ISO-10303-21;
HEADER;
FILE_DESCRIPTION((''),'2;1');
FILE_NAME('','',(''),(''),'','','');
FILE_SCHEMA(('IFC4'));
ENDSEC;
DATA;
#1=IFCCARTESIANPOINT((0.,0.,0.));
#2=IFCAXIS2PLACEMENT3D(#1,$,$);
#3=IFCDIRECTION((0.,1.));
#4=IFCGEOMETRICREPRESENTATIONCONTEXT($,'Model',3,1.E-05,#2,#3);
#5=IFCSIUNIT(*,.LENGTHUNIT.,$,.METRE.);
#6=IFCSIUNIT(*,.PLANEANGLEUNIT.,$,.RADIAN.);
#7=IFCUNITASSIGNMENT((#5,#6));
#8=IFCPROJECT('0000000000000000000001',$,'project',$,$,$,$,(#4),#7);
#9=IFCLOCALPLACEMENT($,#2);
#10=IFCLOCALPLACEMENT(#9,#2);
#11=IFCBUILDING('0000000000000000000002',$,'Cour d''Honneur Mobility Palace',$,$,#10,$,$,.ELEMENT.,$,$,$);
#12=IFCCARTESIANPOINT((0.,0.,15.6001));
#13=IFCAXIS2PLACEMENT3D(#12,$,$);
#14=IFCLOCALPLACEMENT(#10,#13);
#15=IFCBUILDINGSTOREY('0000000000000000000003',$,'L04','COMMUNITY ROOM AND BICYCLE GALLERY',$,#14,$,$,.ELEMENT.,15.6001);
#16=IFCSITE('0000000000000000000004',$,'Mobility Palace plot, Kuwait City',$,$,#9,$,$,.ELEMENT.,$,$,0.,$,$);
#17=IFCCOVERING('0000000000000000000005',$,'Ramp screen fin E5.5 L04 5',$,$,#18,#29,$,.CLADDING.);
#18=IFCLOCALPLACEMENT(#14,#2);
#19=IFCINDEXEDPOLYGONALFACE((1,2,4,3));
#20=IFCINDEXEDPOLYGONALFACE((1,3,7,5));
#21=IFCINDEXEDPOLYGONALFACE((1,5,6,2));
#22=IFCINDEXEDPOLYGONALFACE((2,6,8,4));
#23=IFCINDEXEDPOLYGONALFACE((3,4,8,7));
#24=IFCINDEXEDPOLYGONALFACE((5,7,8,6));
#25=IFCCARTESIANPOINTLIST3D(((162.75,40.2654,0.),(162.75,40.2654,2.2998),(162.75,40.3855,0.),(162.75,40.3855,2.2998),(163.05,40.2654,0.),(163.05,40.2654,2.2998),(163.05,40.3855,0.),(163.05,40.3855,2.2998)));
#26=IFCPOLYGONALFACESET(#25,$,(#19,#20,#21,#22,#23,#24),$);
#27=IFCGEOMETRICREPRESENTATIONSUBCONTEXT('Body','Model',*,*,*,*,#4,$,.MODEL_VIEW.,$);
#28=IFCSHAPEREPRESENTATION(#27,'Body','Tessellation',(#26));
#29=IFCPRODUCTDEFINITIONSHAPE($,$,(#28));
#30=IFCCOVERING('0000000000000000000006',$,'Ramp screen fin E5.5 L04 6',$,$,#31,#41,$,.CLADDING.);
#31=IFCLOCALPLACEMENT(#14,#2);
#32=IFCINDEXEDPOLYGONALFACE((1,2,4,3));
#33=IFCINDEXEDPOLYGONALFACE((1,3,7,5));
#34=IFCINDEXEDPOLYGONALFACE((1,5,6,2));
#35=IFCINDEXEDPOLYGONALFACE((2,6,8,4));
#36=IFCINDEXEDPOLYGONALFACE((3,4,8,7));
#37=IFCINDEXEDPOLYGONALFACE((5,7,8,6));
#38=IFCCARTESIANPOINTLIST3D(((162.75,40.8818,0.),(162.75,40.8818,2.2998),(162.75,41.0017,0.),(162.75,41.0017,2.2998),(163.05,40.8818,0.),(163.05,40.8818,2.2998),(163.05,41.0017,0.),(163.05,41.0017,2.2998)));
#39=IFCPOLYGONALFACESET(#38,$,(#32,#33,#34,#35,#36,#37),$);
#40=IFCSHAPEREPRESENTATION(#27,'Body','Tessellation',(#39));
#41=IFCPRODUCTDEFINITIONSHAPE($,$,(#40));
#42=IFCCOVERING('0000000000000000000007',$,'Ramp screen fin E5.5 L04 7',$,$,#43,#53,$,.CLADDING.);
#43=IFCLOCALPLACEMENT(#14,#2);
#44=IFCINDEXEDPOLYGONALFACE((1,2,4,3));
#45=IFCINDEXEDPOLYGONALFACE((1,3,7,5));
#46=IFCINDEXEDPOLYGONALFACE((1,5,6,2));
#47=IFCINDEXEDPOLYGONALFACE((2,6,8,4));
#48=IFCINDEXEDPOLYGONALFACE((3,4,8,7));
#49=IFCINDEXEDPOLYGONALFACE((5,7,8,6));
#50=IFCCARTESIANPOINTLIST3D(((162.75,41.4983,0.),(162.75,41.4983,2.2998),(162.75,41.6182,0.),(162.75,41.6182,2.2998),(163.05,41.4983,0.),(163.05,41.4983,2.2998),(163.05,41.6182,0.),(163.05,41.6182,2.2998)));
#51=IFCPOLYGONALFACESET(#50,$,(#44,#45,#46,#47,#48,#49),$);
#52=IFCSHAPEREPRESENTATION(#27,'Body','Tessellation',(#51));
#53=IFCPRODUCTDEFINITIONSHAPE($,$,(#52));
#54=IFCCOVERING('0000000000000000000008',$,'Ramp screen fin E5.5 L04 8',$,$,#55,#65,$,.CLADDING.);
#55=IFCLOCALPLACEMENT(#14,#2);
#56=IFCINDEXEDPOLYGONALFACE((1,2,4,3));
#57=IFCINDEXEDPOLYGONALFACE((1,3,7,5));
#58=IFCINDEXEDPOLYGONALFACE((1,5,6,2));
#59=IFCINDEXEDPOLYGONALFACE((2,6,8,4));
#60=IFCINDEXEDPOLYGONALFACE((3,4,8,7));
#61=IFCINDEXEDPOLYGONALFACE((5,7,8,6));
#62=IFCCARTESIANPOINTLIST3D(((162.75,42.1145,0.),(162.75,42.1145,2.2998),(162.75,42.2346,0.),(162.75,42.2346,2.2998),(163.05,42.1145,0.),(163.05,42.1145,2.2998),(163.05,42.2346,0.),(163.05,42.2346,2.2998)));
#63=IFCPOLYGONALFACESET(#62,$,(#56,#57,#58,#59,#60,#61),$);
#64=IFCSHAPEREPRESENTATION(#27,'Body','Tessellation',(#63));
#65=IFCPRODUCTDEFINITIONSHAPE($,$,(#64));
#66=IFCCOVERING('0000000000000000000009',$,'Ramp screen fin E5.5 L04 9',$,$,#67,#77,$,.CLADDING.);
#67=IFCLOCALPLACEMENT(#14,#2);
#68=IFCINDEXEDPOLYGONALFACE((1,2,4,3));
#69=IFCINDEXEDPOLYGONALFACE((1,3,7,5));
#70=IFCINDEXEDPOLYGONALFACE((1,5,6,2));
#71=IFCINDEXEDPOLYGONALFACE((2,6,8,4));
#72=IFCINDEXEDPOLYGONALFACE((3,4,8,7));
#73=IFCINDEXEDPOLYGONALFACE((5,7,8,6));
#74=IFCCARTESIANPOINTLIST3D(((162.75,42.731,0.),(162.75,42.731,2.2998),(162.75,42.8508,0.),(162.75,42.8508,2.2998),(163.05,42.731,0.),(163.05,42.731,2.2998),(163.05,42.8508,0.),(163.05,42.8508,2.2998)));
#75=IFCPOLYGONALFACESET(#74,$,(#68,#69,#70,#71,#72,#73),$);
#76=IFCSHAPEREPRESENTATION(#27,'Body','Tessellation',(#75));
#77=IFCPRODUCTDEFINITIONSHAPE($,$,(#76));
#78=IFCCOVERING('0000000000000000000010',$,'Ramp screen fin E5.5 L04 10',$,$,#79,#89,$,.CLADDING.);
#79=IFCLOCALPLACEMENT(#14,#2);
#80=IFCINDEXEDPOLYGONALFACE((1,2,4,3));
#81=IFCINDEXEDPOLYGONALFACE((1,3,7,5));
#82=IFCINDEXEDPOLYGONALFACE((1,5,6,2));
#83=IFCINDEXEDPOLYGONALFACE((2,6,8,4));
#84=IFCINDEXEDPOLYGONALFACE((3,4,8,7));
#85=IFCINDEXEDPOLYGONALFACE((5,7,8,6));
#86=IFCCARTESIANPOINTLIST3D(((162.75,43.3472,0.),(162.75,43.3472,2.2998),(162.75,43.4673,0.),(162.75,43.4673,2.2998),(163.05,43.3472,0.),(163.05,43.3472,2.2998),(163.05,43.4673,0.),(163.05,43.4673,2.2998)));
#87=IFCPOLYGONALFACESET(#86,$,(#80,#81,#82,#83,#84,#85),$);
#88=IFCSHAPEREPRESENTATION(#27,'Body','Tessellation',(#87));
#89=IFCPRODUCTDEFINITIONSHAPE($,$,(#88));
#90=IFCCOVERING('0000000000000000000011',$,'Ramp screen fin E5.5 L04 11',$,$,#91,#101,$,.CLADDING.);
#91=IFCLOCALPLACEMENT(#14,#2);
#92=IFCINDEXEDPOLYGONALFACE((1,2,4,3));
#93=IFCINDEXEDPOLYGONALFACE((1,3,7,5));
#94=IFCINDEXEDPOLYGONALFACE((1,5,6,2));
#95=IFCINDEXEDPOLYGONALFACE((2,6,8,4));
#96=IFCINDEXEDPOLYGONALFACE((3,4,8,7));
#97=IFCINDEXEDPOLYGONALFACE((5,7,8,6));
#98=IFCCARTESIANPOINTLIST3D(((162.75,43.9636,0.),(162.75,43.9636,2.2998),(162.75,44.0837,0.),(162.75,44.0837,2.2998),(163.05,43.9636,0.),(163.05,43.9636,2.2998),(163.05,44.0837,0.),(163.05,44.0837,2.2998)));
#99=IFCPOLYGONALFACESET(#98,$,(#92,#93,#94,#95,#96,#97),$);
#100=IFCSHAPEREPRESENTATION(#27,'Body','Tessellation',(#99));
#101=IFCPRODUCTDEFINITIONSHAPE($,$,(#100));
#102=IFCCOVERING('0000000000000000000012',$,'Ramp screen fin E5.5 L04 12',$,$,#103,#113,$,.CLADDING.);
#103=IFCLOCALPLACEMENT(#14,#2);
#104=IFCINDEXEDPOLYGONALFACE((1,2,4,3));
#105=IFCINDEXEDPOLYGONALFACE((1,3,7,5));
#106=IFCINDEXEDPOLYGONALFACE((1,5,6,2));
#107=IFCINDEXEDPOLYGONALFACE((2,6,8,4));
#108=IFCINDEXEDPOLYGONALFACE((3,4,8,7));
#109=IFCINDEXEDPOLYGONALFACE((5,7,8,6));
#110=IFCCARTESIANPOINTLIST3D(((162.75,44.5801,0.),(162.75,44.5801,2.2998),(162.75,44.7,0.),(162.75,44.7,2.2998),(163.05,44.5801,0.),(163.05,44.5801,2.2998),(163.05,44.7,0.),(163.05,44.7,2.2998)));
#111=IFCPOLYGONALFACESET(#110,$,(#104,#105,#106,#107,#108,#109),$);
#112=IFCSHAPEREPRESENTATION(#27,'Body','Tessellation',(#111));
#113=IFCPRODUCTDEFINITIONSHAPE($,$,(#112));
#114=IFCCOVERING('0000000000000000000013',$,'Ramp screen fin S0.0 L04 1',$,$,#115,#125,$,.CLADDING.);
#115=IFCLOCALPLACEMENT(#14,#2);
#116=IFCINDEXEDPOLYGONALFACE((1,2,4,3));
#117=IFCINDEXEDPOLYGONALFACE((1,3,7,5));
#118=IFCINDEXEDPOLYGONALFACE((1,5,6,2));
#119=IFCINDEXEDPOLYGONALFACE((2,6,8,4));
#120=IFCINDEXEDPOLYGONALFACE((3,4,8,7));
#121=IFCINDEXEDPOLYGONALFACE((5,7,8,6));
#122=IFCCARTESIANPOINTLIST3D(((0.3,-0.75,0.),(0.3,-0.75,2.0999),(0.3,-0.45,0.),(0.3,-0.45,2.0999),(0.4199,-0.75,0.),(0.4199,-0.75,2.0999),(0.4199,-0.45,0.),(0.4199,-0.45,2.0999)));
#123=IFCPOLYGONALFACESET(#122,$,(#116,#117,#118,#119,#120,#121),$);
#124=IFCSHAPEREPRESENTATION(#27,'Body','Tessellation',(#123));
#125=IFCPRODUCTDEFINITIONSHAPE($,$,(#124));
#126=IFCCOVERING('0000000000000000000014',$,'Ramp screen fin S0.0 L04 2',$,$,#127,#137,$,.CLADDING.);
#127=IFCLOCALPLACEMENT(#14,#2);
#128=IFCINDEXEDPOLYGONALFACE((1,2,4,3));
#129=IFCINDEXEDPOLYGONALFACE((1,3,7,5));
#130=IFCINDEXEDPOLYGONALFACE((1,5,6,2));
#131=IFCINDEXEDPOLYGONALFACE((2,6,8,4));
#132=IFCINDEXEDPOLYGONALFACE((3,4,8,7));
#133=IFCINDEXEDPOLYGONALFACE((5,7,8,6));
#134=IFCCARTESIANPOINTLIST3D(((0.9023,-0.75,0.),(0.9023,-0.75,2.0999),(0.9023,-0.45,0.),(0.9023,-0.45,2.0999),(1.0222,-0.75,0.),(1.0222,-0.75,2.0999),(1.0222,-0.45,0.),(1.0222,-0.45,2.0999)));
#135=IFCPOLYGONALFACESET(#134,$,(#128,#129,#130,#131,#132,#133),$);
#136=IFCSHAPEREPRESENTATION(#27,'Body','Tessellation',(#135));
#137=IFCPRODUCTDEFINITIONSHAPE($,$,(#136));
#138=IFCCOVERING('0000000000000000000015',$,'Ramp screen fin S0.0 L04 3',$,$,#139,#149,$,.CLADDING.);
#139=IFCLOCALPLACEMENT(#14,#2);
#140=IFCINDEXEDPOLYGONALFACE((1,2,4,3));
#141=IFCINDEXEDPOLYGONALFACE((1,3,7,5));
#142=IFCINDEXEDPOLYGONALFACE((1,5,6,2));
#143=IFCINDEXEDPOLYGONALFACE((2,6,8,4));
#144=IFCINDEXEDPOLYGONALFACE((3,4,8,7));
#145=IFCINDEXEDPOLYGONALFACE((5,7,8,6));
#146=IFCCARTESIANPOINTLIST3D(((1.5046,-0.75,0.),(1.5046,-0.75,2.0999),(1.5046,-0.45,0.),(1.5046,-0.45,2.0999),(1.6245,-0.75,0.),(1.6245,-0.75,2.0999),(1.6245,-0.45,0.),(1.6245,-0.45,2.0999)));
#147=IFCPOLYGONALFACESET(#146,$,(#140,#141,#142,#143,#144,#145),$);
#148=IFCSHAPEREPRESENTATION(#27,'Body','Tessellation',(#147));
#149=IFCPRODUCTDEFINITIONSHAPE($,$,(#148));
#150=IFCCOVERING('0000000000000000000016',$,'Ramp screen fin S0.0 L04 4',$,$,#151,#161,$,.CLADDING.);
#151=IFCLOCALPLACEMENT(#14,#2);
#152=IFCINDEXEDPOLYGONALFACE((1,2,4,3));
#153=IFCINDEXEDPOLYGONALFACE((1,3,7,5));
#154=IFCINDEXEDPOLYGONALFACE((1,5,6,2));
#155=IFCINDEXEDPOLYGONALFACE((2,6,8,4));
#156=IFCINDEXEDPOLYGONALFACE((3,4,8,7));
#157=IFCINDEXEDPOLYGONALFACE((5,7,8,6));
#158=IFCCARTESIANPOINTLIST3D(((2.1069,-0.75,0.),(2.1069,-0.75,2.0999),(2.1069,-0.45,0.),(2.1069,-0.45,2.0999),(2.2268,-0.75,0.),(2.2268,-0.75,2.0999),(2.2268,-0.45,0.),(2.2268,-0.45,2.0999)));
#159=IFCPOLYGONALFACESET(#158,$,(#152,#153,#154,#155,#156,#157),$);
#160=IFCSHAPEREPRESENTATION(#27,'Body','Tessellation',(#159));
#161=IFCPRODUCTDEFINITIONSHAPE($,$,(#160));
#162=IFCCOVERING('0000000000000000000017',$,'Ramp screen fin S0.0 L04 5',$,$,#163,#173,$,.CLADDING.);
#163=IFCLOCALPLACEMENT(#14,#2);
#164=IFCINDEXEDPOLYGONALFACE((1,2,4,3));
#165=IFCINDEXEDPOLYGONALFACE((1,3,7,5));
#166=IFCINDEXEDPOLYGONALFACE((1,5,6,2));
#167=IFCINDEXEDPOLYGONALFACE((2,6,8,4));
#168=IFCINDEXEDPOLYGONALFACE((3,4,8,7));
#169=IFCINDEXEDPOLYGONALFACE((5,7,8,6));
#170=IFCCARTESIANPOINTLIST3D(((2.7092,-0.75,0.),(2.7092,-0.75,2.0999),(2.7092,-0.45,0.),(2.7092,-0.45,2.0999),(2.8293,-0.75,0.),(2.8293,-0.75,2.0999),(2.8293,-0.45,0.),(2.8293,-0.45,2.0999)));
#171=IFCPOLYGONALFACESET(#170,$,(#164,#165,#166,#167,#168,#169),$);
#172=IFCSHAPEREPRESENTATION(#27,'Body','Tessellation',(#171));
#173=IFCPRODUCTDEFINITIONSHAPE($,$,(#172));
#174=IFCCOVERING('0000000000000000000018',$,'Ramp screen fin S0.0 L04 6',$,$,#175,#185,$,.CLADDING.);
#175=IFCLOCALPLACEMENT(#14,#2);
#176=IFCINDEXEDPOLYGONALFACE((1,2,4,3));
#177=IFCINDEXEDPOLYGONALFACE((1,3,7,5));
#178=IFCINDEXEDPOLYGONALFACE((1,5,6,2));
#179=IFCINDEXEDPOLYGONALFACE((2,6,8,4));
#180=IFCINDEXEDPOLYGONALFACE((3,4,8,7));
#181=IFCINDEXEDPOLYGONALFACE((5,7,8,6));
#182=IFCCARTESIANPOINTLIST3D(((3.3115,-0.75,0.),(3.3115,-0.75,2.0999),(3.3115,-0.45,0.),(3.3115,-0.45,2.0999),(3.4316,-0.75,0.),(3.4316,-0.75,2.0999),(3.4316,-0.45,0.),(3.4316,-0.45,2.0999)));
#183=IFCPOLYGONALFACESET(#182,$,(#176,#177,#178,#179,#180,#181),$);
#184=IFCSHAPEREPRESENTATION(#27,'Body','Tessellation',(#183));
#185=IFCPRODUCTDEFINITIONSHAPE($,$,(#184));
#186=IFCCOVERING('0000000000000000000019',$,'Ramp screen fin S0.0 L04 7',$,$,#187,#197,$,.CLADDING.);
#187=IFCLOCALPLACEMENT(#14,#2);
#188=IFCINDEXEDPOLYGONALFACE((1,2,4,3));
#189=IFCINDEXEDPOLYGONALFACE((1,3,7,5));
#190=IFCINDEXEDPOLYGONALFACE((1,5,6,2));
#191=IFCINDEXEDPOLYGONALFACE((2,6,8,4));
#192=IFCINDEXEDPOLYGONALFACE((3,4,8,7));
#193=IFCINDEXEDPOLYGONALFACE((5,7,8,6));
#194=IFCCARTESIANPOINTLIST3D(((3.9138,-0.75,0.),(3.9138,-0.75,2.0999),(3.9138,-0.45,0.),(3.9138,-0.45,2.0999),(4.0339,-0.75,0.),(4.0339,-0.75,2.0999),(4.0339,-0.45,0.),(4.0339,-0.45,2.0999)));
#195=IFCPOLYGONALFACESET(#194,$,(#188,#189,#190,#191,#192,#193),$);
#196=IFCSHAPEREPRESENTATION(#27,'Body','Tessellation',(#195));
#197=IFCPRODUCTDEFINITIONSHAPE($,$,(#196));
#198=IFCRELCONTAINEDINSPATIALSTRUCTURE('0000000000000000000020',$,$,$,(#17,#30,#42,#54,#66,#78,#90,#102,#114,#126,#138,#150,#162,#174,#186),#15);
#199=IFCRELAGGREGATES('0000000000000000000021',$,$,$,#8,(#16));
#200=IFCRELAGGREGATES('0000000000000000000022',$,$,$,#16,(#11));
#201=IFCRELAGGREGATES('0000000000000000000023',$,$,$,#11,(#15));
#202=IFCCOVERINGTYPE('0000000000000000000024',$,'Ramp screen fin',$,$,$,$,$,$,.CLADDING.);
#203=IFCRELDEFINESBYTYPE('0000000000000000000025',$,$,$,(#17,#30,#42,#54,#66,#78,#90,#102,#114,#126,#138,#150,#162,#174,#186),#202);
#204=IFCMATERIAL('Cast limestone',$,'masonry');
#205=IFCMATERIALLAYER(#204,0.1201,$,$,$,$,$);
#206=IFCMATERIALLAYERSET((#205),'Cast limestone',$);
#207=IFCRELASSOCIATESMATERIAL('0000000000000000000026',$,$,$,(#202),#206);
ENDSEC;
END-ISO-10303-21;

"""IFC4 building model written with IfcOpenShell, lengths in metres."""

from ifc_helpers import new_model, si_unit, direction, frame, origin, place, context, subcontext, project, spatial, polyline, outline, extrude, material, layer, layer_set, type_object, element, save


model = new_model("IFC4")

# Units and contexts
model_context = context("Model", 3, precision=1e-05, world=origin(), true_north=direction((0.0, 1.0)))
body_context = subcontext(model_context, "Body", "Model", "MODEL_VIEW")
ifc_project = project(units=[si_unit("LENGTHUNIT", "METRE"), si_unit("PLANEANGLEUNIT", "RADIAN")], contexts=[model_context])

# Site, building, storey
site_placement = place(None, origin())
site = spatial("IfcSite", under=ifc_project, at=site_placement, Name="Mobility Palace plot, Kuwait City", CompositionType="ELEMENT", RefElevation=0.0)
building_placement = place(site_placement, origin())
building = spatial("IfcBuilding", under=site, at=building_placement, Name="Cour d'Honneur Mobility Palace", CompositionType="ELEMENT")
storey_placement = place(building_placement, frame((0.0, 0.0, 15.6001)))
storey = spatial("IfcBuildingStorey", under=building, at=storey_placement, Name="L04", Description="COMMUNITY ROOM AND BICYCLE GALLERY", CompositionType="ELEMENT", Elevation=15.6001)

# Coverings
ifc_material = material(Name="Cast limestone", Category="masonry")
ifc_layer = layer(ifc_material, 0.1201)
ifc_layer_set = layer_set([ifc_layer], Name="Cast limestone")
covering_type = type_object("IfcCoveringType", Name="Ramp screen fin", PredefinedType="CLADDING", material=ifc_layer_set)
covering_1_placement = place(storey_placement, origin())
element("IfcCovering", 1, at=covering_1_placement, inside=storey, type_object=covering_type, Name="Ramp screen fin E5.5 L04 5", PredefinedType="CLADDING", context=body_context, shape_type="SweptSolid", body=[
    extrude(outline(polyline([(162.75, 40.2654), (162.75, 40.3855), (163.05, 40.3855), (163.05, 40.2654), (162.75, 40.2654)])), origin(), (0.0, 0.0, 1.0), 2.2998),
])
covering_2_placement = place(storey_placement, origin())
element("IfcCovering", 2, at=covering_2_placement, inside=storey, type_object=covering_type, Name="Ramp screen fin E5.5 L04 6", PredefinedType="CLADDING", context=body_context, shape_type="SweptSolid", body=[
    extrude(outline(polyline([(162.75, 40.8818), (162.75, 41.0017), (163.05, 41.0017), (163.05, 40.8818), (162.75, 40.8818)])), origin(), (0.0, 0.0, 1.0), 2.2998),
])
covering_3_placement = place(storey_placement, origin())
element("IfcCovering", 3, at=covering_3_placement, inside=storey, type_object=covering_type, Name="Ramp screen fin E5.5 L04 7", PredefinedType="CLADDING", context=body_context, shape_type="SweptSolid", body=[
    extrude(outline(polyline([(162.75, 41.4983), (162.75, 41.6182), (163.05, 41.6182), (163.05, 41.4983), (162.75, 41.4983)])), origin(), (0.0, 0.0, 1.0), 2.2998),
])
covering_4_placement = place(storey_placement, origin())
element("IfcCovering", 4, at=covering_4_placement, inside=storey, type_object=covering_type, Name="Ramp screen fin E5.5 L04 8", PredefinedType="CLADDING", context=body_context, shape_type="SweptSolid", body=[
    extrude(outline(polyline([(162.75, 42.1145), (162.75, 42.2346), (163.05, 42.2346), (163.05, 42.1145), (162.75, 42.1145)])), origin(), (0.0, 0.0, 1.0), 2.2998),
])
covering_5_placement = place(storey_placement, origin())
element("IfcCovering", 5, at=covering_5_placement, inside=storey, type_object=covering_type, Name="Ramp screen fin E5.5 L04 9", PredefinedType="CLADDING", context=body_context, shape_type="SweptSolid", body=[
    extrude(outline(polyline([(162.75, 42.731), (162.75, 42.8508), (163.05, 42.8508), (163.05, 42.731), (162.75, 42.731)])), origin(), (0.0, 0.0, 1.0), 2.2998),
])
covering_6_placement = place(storey_placement, origin())
element("IfcCovering", 6, at=covering_6_placement, inside=storey, type_object=covering_type, Name="Ramp screen fin E5.5 L04 10", PredefinedType="CLADDING", context=body_context, shape_type="SweptSolid", body=[
    extrude(outline(polyline([(162.75, 43.3472), (162.75, 43.4673), (163.05, 43.4673), (163.05, 43.3472), (162.75, 43.3472)])), origin(), (0.0, 0.0, 1.0), 2.2998),
])
covering_7_placement = place(storey_placement, origin())
element("IfcCovering", 7, at=covering_7_placement, inside=storey, type_object=covering_type, Name="Ramp screen fin E5.5 L04 11", PredefinedType="CLADDING", context=body_context, shape_type="SweptSolid", body=[
    extrude(outline(polyline([(162.75, 43.9636), (162.75, 44.0837), (163.05, 44.0837), (163.05, 43.9636), (162.75, 43.9636)])), origin(), (0.0, 0.0, 1.0), 2.2998),
])
covering_8_placement = place(storey_placement, origin())
element("IfcCovering", 8, at=covering_8_placement, inside=storey, type_object=covering_type, Name="Ramp screen fin E5.5 L04 12", PredefinedType="CLADDING", context=body_context, shape_type="SweptSolid", body=[
    extrude(outline(polyline([(162.75, 44.5801), (162.75, 44.7), (163.05, 44.7), (163.05, 44.5801), (162.75, 44.5801)])), origin(), (0.0, 0.0, 1.0), 2.2998),
])
covering_9_placement = place(storey_placement, origin())
element("IfcCovering", 9, at=covering_9_placement, inside=storey, type_object=covering_type, Name="Ramp screen fin S0.0 L04 1", PredefinedType="CLADDING", context=body_context, shape_type="SweptSolid", body=[
    extrude(outline(polyline([(0.3, -0.45), (0.4199, -0.45), (0.4199, -0.75), (0.3, -0.75), (0.3, -0.45)])), origin(), (0.0, 0.0, 1.0), 2.0999),
])
covering_10_placement = place(storey_placement, origin())
element("IfcCovering", 10, at=covering_10_placement, inside=storey, type_object=covering_type, Name="Ramp screen fin S0.0 L04 2", PredefinedType="CLADDING", context=body_context, shape_type="SweptSolid", body=[
    extrude(outline(polyline([(0.9023, -0.45), (1.0222, -0.45), (1.0222, -0.75), (0.9023, -0.75), (0.9023, -0.45)])), origin(), (0.0, 0.0, 1.0), 2.0999),
])
covering_11_placement = place(storey_placement, origin())
element("IfcCovering", 11, at=covering_11_placement, inside=storey, type_object=covering_type, Name="Ramp screen fin S0.0 L04 3", PredefinedType="CLADDING", context=body_context, shape_type="SweptSolid", body=[
    extrude(outline(polyline([(1.5046, -0.45), (1.6245, -0.45), (1.6245, -0.75), (1.5046, -0.75), (1.5046, -0.45)])), origin(), (0.0, 0.0, 1.0), 2.0999),
])
covering_12_placement = place(storey_placement, origin())
element("IfcCovering", 12, at=covering_12_placement, inside=storey, type_object=covering_type, Name="Ramp screen fin S0.0 L04 4", PredefinedType="CLADDING", context=body_context, shape_type="SweptSolid", body=[
    extrude(outline(polyline([(2.1069, -0.45), (2.2268, -0.45), (2.2268, -0.75), (2.1069, -0.75), (2.1069, -0.45)])), origin(), (0.0, 0.0, 1.0), 2.0999),
])
covering_13_placement = place(storey_placement, origin())
element("IfcCovering", 13, at=covering_13_placement, inside=storey, type_object=covering_type, Name="Ramp screen fin S0.0 L04 5", PredefinedType="CLADDING", context=body_context, shape_type="SweptSolid", body=[
    extrude(outline(polyline([(2.7092, -0.45), (2.8293, -0.45), (2.8293, -0.75), (2.7092, -0.75), (2.7092, -0.45)])), origin(), (0.0, 0.0, 1.0), 2.0999),
])
covering_14_placement = place(storey_placement, origin())
element("IfcCovering", 14, at=covering_14_placement, inside=storey, type_object=covering_type, Name="Ramp screen fin S0.0 L04 6", PredefinedType="CLADDING", context=body_context, shape_type="SweptSolid", body=[
    extrude(outline(polyline([(3.3115, -0.45), (3.4316, -0.45), (3.4316, -0.75), (3.3115, -0.75), (3.3115, -0.45)])), origin(), (0.0, 0.0, 1.0), 2.0999),
])
covering_15_placement = place(storey_placement, origin())
element("IfcCovering", 15, at=covering_15_placement, inside=storey, type_object=covering_type, Name="Ramp screen fin S0.0 L04 7", PredefinedType="CLADDING", context=body_context, shape_type="SweptSolid", body=[
    extrude(outline(polyline([(3.9138, -0.45), (4.0339, -0.45), (4.0339, -0.75), (3.9138, -0.75), (3.9138, -0.45)])), origin(), (0.0, 0.0, 1.0), 2.0999),
])

save(model, "model.ifc")
